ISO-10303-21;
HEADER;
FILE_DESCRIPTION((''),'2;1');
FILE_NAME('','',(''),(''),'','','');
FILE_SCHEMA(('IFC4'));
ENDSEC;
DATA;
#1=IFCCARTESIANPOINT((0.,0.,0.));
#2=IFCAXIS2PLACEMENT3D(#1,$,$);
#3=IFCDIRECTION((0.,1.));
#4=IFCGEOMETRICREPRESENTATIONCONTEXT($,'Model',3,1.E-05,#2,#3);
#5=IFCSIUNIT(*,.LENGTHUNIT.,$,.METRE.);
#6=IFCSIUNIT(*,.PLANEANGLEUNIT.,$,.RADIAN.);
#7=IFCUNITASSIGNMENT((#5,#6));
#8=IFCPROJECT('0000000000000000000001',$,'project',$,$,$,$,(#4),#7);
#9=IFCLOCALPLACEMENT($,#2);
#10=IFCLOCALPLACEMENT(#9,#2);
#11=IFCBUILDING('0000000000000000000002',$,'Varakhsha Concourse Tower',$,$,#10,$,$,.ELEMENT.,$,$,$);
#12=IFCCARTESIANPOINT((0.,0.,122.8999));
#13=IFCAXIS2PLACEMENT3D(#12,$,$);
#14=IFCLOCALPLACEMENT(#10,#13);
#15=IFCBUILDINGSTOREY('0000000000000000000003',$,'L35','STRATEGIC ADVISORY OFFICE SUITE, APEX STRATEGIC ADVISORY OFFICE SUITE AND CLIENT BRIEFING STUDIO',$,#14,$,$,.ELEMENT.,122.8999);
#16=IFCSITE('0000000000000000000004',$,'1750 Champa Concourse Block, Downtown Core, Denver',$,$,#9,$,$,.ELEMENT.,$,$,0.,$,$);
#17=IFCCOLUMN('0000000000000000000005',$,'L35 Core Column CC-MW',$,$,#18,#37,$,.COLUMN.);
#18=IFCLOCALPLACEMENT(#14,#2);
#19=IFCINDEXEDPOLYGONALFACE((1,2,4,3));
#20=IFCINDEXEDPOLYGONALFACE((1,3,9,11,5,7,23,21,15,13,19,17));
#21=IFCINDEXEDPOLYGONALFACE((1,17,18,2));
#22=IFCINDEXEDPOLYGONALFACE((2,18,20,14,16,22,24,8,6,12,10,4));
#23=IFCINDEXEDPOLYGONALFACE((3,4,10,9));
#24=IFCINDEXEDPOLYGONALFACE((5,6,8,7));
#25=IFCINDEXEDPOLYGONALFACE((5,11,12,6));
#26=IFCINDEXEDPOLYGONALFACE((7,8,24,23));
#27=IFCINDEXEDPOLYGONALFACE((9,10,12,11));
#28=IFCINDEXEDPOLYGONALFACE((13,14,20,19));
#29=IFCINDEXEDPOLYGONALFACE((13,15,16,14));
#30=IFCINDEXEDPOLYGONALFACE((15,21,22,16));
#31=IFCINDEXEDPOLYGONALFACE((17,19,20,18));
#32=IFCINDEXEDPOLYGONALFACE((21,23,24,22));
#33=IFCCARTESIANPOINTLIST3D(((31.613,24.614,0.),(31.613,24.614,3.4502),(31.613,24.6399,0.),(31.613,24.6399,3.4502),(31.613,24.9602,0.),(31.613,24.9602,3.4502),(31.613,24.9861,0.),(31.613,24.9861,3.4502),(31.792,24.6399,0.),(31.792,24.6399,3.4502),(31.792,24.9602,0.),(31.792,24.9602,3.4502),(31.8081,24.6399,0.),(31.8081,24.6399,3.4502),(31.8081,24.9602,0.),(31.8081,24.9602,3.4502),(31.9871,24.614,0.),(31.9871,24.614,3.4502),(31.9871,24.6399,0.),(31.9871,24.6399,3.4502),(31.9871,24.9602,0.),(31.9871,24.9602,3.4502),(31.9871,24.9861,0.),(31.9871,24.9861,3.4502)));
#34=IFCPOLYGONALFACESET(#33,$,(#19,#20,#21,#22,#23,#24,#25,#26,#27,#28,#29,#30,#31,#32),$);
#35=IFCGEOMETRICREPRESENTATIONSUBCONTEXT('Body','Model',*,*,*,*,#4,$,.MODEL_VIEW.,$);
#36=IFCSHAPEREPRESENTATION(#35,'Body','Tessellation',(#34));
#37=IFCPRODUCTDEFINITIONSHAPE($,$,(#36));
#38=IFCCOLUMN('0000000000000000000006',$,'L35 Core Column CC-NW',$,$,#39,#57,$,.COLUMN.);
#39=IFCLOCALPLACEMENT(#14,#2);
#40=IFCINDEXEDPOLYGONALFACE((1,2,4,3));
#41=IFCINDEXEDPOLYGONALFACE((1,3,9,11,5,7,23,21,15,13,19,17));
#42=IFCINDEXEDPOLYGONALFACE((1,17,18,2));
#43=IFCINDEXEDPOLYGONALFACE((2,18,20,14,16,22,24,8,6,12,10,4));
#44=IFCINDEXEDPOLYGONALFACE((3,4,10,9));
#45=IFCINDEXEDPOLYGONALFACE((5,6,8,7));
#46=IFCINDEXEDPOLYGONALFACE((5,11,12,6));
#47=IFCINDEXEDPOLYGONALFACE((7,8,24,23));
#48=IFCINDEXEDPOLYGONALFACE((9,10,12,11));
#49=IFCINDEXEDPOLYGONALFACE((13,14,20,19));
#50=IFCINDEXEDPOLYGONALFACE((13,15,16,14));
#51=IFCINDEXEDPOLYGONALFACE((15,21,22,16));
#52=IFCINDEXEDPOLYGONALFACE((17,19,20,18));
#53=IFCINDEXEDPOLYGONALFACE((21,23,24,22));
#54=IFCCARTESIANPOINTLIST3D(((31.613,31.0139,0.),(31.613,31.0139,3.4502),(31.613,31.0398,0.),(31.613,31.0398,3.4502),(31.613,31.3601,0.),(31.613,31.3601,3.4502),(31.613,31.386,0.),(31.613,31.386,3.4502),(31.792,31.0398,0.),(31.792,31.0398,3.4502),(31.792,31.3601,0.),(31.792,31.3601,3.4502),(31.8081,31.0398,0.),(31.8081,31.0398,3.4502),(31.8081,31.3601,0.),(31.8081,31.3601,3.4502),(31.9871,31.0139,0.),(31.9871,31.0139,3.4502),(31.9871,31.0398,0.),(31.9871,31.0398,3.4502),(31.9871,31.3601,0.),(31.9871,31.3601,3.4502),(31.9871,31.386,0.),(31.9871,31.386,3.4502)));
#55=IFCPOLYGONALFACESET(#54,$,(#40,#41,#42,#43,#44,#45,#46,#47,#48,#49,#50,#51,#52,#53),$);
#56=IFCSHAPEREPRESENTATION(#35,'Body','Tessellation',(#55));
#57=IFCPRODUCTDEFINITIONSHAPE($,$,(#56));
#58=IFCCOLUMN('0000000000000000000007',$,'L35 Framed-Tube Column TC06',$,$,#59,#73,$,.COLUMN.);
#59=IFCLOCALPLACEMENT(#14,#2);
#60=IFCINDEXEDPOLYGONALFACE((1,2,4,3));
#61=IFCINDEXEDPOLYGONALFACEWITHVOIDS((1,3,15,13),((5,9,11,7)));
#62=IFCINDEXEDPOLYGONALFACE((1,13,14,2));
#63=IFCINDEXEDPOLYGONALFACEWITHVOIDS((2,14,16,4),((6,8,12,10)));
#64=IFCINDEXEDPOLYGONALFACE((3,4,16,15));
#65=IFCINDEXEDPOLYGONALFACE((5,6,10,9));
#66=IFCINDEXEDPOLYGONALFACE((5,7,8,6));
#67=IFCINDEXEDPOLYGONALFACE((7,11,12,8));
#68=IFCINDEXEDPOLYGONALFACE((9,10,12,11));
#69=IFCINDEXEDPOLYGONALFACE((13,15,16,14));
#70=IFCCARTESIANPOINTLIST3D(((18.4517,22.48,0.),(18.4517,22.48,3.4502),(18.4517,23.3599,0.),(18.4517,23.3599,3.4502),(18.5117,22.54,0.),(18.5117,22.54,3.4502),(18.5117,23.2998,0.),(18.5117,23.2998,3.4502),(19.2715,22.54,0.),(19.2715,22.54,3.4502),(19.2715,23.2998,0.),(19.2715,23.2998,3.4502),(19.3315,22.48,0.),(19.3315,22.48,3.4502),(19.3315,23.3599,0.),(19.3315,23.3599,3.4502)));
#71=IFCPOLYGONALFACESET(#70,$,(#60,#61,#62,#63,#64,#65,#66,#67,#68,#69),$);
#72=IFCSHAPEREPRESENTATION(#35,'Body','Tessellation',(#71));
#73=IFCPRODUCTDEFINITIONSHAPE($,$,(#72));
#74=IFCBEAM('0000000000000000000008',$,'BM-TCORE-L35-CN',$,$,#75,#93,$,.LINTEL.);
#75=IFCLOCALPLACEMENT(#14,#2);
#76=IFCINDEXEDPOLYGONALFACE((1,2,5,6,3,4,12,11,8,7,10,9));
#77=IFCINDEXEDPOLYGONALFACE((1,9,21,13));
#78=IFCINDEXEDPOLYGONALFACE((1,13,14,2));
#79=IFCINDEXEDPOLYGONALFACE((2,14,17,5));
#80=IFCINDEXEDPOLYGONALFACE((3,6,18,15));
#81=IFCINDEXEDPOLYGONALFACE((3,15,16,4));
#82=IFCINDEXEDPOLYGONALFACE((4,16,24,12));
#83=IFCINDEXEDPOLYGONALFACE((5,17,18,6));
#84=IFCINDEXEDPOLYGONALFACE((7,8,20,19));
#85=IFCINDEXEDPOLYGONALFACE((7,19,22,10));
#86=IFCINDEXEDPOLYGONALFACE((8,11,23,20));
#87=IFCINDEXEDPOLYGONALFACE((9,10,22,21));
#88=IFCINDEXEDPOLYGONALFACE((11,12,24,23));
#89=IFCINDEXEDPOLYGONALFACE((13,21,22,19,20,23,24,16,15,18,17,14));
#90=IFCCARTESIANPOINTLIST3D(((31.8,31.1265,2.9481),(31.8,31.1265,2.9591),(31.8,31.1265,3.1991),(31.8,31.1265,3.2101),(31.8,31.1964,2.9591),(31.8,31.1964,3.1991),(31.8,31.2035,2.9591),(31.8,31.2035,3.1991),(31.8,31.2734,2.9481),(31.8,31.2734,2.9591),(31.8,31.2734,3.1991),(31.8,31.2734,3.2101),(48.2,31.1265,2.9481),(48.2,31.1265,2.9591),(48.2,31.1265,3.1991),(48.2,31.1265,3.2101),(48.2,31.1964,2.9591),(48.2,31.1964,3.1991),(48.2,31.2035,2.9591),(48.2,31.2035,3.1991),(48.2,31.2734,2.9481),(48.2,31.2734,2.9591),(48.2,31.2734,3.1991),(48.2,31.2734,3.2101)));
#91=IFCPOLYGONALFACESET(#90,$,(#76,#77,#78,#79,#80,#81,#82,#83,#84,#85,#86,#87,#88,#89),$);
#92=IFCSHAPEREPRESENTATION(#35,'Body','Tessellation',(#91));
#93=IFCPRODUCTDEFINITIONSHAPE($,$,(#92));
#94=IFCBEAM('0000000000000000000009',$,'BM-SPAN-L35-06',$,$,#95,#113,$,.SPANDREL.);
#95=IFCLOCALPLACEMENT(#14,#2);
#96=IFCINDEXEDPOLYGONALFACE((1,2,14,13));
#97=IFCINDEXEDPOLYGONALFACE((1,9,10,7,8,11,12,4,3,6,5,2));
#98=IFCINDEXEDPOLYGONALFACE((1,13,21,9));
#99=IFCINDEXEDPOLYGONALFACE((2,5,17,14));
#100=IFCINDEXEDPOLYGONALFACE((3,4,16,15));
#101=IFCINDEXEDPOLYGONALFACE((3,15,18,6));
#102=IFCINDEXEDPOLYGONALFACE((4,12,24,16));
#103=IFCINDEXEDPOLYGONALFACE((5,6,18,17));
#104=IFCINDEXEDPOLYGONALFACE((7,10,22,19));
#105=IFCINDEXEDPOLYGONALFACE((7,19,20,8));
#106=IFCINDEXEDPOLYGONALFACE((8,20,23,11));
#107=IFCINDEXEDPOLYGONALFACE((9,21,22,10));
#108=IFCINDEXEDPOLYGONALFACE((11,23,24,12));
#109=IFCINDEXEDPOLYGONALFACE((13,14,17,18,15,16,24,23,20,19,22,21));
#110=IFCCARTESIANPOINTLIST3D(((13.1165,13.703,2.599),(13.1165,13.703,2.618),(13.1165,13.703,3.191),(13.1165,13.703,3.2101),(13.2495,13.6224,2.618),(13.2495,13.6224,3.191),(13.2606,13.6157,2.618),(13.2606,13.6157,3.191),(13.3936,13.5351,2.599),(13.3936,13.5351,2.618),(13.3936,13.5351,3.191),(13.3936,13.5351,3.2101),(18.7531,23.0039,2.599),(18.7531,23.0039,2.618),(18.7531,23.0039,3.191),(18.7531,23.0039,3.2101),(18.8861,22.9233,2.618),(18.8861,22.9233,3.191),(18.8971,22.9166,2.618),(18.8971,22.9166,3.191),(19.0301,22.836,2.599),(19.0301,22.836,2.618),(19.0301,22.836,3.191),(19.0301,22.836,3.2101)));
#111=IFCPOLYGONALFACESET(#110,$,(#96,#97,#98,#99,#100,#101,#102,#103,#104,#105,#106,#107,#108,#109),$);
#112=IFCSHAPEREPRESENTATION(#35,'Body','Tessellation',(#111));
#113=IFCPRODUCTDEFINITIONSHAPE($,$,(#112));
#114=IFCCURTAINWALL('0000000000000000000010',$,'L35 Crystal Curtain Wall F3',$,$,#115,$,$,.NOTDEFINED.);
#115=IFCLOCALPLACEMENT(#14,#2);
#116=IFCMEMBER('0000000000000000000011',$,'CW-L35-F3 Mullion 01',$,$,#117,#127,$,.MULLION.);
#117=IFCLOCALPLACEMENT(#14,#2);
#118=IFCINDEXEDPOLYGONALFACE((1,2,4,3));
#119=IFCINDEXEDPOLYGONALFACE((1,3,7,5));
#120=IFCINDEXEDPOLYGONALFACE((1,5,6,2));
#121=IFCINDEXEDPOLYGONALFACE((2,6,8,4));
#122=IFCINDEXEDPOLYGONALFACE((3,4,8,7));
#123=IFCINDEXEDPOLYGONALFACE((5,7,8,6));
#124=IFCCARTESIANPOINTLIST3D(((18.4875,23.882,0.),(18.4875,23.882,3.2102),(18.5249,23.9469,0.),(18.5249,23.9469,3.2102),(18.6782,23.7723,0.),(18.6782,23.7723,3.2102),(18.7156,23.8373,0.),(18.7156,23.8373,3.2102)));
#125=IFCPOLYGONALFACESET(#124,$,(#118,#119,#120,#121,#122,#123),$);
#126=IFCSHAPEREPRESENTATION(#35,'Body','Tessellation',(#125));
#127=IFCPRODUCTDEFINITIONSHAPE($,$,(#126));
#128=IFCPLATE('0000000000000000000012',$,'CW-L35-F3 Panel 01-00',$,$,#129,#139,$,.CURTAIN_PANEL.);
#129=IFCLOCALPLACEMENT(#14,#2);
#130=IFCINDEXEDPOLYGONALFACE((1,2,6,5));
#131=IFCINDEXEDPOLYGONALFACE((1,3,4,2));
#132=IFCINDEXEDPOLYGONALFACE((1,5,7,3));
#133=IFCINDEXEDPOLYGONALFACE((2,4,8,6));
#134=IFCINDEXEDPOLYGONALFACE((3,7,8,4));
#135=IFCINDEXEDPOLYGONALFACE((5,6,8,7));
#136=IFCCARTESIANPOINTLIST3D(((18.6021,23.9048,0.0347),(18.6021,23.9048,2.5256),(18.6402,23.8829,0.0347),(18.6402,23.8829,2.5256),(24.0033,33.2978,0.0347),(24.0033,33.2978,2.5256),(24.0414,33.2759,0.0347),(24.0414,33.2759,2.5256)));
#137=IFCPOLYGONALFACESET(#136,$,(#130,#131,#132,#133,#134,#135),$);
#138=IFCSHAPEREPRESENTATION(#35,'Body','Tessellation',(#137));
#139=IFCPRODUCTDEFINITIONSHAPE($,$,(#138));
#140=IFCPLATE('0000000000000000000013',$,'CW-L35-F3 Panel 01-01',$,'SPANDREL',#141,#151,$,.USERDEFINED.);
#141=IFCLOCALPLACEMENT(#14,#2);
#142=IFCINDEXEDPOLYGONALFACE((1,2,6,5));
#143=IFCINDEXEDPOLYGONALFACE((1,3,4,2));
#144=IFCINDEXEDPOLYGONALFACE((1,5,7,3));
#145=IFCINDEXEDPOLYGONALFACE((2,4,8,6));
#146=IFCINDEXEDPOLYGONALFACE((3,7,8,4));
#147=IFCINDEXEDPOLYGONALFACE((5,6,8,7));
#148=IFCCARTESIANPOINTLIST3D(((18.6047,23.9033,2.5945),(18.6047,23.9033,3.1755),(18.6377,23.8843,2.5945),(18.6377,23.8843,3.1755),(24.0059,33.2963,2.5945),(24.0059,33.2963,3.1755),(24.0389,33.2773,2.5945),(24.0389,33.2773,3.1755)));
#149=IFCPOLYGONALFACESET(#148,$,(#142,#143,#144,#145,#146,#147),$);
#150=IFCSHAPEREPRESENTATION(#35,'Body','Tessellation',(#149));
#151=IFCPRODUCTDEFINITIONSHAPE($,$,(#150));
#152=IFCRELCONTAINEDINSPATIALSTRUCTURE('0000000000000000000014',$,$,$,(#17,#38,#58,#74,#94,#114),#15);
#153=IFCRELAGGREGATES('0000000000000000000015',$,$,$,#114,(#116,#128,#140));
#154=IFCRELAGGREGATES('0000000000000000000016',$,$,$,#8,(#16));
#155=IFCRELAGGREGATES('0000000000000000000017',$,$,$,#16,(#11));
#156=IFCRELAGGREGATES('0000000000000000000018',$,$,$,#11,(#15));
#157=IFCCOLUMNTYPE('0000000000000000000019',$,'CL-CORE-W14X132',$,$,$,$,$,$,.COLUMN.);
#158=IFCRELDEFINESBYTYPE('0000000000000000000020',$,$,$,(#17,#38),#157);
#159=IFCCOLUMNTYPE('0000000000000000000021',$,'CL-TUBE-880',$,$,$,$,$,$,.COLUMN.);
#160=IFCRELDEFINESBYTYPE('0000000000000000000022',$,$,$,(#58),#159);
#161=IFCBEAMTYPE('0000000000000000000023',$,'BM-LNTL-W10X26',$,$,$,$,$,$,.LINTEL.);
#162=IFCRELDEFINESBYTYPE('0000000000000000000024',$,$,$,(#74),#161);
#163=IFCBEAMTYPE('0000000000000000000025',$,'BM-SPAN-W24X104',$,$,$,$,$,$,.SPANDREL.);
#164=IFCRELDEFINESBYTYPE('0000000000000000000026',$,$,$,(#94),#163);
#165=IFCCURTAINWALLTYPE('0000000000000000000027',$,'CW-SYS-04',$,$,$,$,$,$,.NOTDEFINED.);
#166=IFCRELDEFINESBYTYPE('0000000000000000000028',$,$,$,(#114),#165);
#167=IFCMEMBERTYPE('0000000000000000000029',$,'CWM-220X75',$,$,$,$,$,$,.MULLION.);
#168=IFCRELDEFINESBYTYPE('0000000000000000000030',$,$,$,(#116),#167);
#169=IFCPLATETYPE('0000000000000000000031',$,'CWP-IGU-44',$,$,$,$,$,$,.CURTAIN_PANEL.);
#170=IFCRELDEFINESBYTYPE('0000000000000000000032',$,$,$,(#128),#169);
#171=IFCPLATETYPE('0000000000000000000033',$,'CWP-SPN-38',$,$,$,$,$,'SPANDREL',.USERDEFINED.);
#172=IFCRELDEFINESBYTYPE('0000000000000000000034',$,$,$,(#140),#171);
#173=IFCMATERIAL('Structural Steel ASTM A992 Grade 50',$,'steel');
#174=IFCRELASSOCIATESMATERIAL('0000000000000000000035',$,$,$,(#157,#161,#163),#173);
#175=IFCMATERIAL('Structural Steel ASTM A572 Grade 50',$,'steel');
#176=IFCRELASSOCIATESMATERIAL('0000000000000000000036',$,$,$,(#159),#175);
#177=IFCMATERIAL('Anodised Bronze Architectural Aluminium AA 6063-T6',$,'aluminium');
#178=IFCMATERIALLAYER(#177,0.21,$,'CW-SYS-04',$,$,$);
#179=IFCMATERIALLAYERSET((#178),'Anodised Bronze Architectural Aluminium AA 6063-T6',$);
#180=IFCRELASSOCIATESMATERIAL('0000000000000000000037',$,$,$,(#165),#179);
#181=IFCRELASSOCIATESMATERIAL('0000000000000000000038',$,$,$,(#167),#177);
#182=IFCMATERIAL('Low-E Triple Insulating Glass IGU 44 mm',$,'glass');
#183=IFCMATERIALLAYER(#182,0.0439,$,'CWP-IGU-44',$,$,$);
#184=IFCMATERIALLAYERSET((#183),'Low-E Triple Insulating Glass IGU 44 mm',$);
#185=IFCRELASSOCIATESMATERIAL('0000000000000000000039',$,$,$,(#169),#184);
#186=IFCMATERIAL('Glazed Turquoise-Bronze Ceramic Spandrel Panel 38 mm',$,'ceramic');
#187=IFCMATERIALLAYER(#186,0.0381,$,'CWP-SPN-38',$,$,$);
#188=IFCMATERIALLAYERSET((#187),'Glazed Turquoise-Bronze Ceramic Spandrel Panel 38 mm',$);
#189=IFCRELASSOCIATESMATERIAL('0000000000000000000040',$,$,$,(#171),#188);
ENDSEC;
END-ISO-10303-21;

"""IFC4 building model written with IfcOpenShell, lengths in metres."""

from ifc_helpers import new_model, si_unit, direction, frame, origin, origin_2d, place, context, subcontext, project, spatial, rectangle, hollow_rectangle, i_section, extrude, source, transform, mapped, material, layer, layer_set, material_profile, profile_set, type_object, type_shapes, element, aggregate, save


model = new_model("IFC4")

# Units and contexts
model_context = context("Model", 3, precision=1e-05, world=origin(), true_north=direction((0.0, 1.0)))
body_context = subcontext(model_context, "Body", "Model", "MODEL_VIEW")
ifc_project = project(units=[si_unit("LENGTHUNIT", "METRE"), si_unit("PLANEANGLEUNIT", "RADIAN")], contexts=[model_context])

# Site, building, storey
site_placement = place(None, origin())
site = spatial("IfcSite", under=ifc_project, at=site_placement, Name="1750 Champa Concourse Block, Downtown Core, Denver", CompositionType="ELEMENT", RefElevation=0.0)
building_placement = place(site_placement, origin())
building = spatial("IfcBuilding", under=site, at=building_placement, Name="Varakhsha Concourse Tower", CompositionType="ELEMENT")
storey_placement = place(building_placement, frame((0.0, 0.0, 122.8999)))
storey = spatial("IfcBuildingStorey", under=building, at=storey_placement, Name="L35", Description="STRATEGIC ADVISORY OFFICE SUITE, APEX STRATEGIC ADVISORY OFFICE SUITE AND CLIENT BRIEFING STUDIO", CompositionType="ELEMENT", Elevation=122.8999)

# Columns
ifc_material_1 = material(Name="Structural Steel ASTM A992 Grade 50", Category="steel")
ifc_material_profile_1 = material_profile(ifc_material_1, i_section(OverallWidth=0.374, OverallDepth=0.3721, WebThickness=0.0161, FlangeThickness=0.0259, at=origin_2d()), Name="W14X132")
ifc_profile_set_1 = profile_set([ifc_material_profile_1], Name="Structural Steel ASTM A992 Grade 50")
column_type_1 = type_object("IfcColumnType", Name="CL-CORE-W14X132", PredefinedType="COLUMN", material=ifc_profile_set_1)
for number, where, z_axis, x_axis, name in (
    (1, (31.8, 24.8, 0.0), (0.0, 0.0, 1.0), (1.0, 0.0, 0.0), "L35 Core Column CC-MW"),
    (2, (31.8, 31.2, 0.0), (0.0, 0.0, 1.0), (1.0, 0.0, 0.0), "L35 Core Column CC-NW"),
):
    element("IfcColumn", number, at=place(storey_placement, frame(where, z_axis=z_axis, x_axis=x_axis)), inside=storey, type_object=column_type_1, Name=name, PredefinedType="COLUMN", context=body_context, shape_type="SweptSolid", body=[
        extrude(i_section(OverallWidth=0.374, OverallDepth=0.3721, WebThickness=0.0161, FlangeThickness=0.0259, at=origin_2d()), origin(), (0.0, 0.0, 1.0), 3.4502),
    ])
ifc_material_2 = material(Name="Structural Steel ASTM A572 Grade 50", Category="steel")
ifc_material_profile_2 = material_profile(ifc_material_2, hollow_rectangle(XDim=0.8799, YDim=0.8799, WallThickness=0.0601, at=origin_2d()), Name="BOX 880x880x60")
ifc_profile_set_2 = profile_set([ifc_material_profile_2], Name="Structural Steel ASTM A572 Grade 50")
column_type_2 = type_object("IfcColumnType", Name="CL-TUBE-880", PredefinedType="COLUMN", material=ifc_profile_set_2)
column_placement = place(storey_placement, frame((18.8916, 22.9199, 0.0), z_axis=(0.0, 0.0, 1.0), x_axis=(1.0, 0.0, 0.0)))
element("IfcColumn", 3, at=column_placement, inside=storey, type_object=column_type_2, Name="L35 Framed-Tube Column TC06", PredefinedType="COLUMN", context=body_context, shape_type="SweptSolid", body=[
    extrude(hollow_rectangle(XDim=0.8799, YDim=0.8799, WallThickness=0.0601, at=origin_2d()), origin(), (0.0, 0.0, 1.0), 3.4502),
])

# Beams
ifc_material_profile_3 = material_profile(ifc_material_1, i_section(OverallWidth=0.147, OverallDepth=0.262, WebThickness=0.0071, FlangeThickness=0.011, at=origin_2d()), Name="W10X26")
ifc_profile_set_3 = profile_set([ifc_material_profile_3], Name="Structural Steel ASTM A992 Grade 50")
beam_type_1 = type_object("IfcBeamType", Name="BM-LNTL-W10X26", PredefinedType="LINTEL", material=ifc_profile_set_3)
beam_1_placement = place(storey_placement, frame((31.8, 31.2, 3.0791), z_axis=(1.0, 0.0, 0.0), x_axis=(0.0, 1.0, 0.0)))
element("IfcBeam", 4, at=beam_1_placement, inside=storey, type_object=beam_type_1, Name="BM-TCORE-L35-CN", PredefinedType="LINTEL", context=body_context, shape_type="SweptSolid", body=[
    extrude(i_section(OverallWidth=0.147, OverallDepth=0.262, WebThickness=0.0071, FlangeThickness=0.011, at=origin_2d()), origin(), (0.0, 0.0, 1.0), 16.3999),
])
ifc_material_profile_4 = material_profile(ifc_material_1, i_section(OverallWidth=0.324, OverallDepth=0.6111, WebThickness=0.0129, FlangeThickness=0.019, at=origin_2d()), Name="W24X104")
ifc_profile_set_4 = profile_set([ifc_material_profile_4], Name="Structural Steel ASTM A992 Grade 50")
beam_type_2 = type_object("IfcBeamType", Name="BM-SPAN-W24X104", PredefinedType="SPANDREL", material=ifc_profile_set_4)
beam_2_placement = place(storey_placement, frame((18.8916, 22.9199, 2.9045), z_axis=(-0.518277, -0.855213, 0.0), x_axis=(0.855213, -0.518277, 0.0)))
element("IfcBeam", 5, at=beam_2_placement, inside=storey, type_object=beam_type_2, Name="BM-SPAN-L35-06", PredefinedType="SPANDREL", context=body_context, shape_type="SweptSolid", body=[
    extrude(i_section(OverallWidth=0.324, OverallDepth=0.6111, WebThickness=0.0129, FlangeThickness=0.019, at=origin_2d()), origin(), (0.0, 0.0, 1.0), 10.8755),
])

# Curtain wall, member, plates
ifc_material_3 = material(Name="Anodised Bronze Architectural Aluminium AA 6063-T6", Category="aluminium")
ifc_layer_1 = layer(ifc_material_3, 0.21, Name="CW-SYS-04")
ifc_layer_set_1 = layer_set([ifc_layer_1], Name="Anodised Bronze Architectural Aluminium AA 6063-T6")
curtain_wall_type = type_object("IfcCurtainWallType", Name="CW-SYS-04", PredefinedType="NOTDEFINED", material=ifc_layer_set_1)
curtain_wall_placement = place(storey_placement, origin())
curtain_wall = element("IfcCurtainWall", 6, at=curtain_wall_placement, inside=storey, type_object=curtain_wall_type, Name="L35 Crystal Curtain Wall F3", PredefinedType="NOTDEFINED")
ifc_material_profile_5 = material_profile(ifc_material_3, rectangle(XDim=0.075, YDim=0.22, at=origin_2d()), Name="CWM-220X75")
ifc_profile_set_5 = profile_set([ifc_material_profile_5], Name="Anodised Bronze Architectural Aluminium AA 6063-T6")
member_type = type_object("IfcMemberType", Name="CWM-220X75", PredefinedType="MULLION", material=ifc_profile_set_5)
shared_shape_1 = source(origin(), body_context, "Body", "SweptSolid", [
    extrude(rectangle(XDim=0.075, YDim=0.22, at=origin_2d()), origin(), (0.0, 0.0, 1.0), 3.2102),
])
type_shapes(member_type, [shared_shape_1])
member_placement = place(storey_placement, frame((18.6016, 23.8596, 0.0), z_axis=(0.0, 0.0, 1.0), x_axis=(0.498489, 0.866896, 0.0)))
member = element("IfcMember", 7, at=member_placement, type_object=member_type, Name="CW-L35-F3 Mullion 01", PredefinedType="MULLION", context=body_context, shape_type="MappedRepresentation", body=[
    mapped(shared_shape_1, transform((0.0, 0.0, 0.0), scale=1.0)),
])
ifc_material_4 = material(Name="Low-E Triple Insulating Glass IGU 44 mm", Category="glass")
ifc_layer_2 = layer(ifc_material_4, 0.0439, Name="CWP-IGU-44")
ifc_layer_set_2 = layer_set([ifc_layer_2], Name="Low-E Triple Insulating Glass IGU 44 mm")
plate_type_1 = type_object("IfcPlateType", Name="CWP-IGU-44", PredefinedType="CURTAIN_PANEL", material=ifc_layer_set_2)
shared_shape_2 = source(origin(), body_context, "Body", "SweptSolid", [
    extrude(rectangle(XDim=10.8352, YDim=0.0439, at=origin_2d()), origin(), (0.0, 0.0, 1.0), 2.491),
])
type_shapes(plate_type_1, [shared_shape_2])
plate_1_placement = place(storey_placement, frame((21.3218, 28.5903, 0.0347), z_axis=(0.0, 0.0, 1.0), x_axis=(0.498489, 0.866896, 0.0)))
plate_1 = element("IfcPlate", 8, at=plate_1_placement, type_object=plate_type_1, Name="CW-L35-F3 Panel 01-00", PredefinedType="CURTAIN_PANEL", context=body_context, shape_type="MappedRepresentation", body=[
    mapped(shared_shape_2, transform((0.0, 0.0, 0.0), scale=1.0)),
])
ifc_material_5 = material(Name="Glazed Turquoise-Bronze Ceramic Spandrel Panel 38 mm", Category="ceramic")
ifc_layer_3 = layer(ifc_material_5, 0.0381, Name="CWP-SPN-38")
ifc_layer_set_3 = layer_set([ifc_layer_3], Name="Glazed Turquoise-Bronze Ceramic Spandrel Panel 38 mm")
plate_type_2 = type_object("IfcPlateType", Name="CWP-SPN-38", ElementType="SPANDREL", PredefinedType="USERDEFINED", material=ifc_layer_set_3)
shared_shape_3 = source(origin(), body_context, "Body", "SweptSolid", [
    extrude(rectangle(XDim=10.8352, YDim=0.0381, at=origin_2d()), origin(), (0.0, 0.0, 1.0), 0.5811),
])
type_shapes(plate_type_2, [shared_shape_3])
plate_2_placement = place(storey_placement, frame((21.3218, 28.5903, 2.5945), z_axis=(0.0, 0.0, 1.0), x_axis=(0.498489, 0.866896, 0.0)))
plate_2 = element("IfcPlate", 9, at=plate_2_placement, type_object=plate_type_2, Name="CW-L35-F3 Panel 01-01", ObjectType="SPANDREL", PredefinedType="USERDEFINED", context=body_context, shape_type="MappedRepresentation", body=[
    mapped(shared_shape_3, transform((0.0, 0.0, 0.0), scale=1.0)),
])
aggregate(curtain_wall, [member, plate_1, plate_2])

save(model, "model.ifc")
